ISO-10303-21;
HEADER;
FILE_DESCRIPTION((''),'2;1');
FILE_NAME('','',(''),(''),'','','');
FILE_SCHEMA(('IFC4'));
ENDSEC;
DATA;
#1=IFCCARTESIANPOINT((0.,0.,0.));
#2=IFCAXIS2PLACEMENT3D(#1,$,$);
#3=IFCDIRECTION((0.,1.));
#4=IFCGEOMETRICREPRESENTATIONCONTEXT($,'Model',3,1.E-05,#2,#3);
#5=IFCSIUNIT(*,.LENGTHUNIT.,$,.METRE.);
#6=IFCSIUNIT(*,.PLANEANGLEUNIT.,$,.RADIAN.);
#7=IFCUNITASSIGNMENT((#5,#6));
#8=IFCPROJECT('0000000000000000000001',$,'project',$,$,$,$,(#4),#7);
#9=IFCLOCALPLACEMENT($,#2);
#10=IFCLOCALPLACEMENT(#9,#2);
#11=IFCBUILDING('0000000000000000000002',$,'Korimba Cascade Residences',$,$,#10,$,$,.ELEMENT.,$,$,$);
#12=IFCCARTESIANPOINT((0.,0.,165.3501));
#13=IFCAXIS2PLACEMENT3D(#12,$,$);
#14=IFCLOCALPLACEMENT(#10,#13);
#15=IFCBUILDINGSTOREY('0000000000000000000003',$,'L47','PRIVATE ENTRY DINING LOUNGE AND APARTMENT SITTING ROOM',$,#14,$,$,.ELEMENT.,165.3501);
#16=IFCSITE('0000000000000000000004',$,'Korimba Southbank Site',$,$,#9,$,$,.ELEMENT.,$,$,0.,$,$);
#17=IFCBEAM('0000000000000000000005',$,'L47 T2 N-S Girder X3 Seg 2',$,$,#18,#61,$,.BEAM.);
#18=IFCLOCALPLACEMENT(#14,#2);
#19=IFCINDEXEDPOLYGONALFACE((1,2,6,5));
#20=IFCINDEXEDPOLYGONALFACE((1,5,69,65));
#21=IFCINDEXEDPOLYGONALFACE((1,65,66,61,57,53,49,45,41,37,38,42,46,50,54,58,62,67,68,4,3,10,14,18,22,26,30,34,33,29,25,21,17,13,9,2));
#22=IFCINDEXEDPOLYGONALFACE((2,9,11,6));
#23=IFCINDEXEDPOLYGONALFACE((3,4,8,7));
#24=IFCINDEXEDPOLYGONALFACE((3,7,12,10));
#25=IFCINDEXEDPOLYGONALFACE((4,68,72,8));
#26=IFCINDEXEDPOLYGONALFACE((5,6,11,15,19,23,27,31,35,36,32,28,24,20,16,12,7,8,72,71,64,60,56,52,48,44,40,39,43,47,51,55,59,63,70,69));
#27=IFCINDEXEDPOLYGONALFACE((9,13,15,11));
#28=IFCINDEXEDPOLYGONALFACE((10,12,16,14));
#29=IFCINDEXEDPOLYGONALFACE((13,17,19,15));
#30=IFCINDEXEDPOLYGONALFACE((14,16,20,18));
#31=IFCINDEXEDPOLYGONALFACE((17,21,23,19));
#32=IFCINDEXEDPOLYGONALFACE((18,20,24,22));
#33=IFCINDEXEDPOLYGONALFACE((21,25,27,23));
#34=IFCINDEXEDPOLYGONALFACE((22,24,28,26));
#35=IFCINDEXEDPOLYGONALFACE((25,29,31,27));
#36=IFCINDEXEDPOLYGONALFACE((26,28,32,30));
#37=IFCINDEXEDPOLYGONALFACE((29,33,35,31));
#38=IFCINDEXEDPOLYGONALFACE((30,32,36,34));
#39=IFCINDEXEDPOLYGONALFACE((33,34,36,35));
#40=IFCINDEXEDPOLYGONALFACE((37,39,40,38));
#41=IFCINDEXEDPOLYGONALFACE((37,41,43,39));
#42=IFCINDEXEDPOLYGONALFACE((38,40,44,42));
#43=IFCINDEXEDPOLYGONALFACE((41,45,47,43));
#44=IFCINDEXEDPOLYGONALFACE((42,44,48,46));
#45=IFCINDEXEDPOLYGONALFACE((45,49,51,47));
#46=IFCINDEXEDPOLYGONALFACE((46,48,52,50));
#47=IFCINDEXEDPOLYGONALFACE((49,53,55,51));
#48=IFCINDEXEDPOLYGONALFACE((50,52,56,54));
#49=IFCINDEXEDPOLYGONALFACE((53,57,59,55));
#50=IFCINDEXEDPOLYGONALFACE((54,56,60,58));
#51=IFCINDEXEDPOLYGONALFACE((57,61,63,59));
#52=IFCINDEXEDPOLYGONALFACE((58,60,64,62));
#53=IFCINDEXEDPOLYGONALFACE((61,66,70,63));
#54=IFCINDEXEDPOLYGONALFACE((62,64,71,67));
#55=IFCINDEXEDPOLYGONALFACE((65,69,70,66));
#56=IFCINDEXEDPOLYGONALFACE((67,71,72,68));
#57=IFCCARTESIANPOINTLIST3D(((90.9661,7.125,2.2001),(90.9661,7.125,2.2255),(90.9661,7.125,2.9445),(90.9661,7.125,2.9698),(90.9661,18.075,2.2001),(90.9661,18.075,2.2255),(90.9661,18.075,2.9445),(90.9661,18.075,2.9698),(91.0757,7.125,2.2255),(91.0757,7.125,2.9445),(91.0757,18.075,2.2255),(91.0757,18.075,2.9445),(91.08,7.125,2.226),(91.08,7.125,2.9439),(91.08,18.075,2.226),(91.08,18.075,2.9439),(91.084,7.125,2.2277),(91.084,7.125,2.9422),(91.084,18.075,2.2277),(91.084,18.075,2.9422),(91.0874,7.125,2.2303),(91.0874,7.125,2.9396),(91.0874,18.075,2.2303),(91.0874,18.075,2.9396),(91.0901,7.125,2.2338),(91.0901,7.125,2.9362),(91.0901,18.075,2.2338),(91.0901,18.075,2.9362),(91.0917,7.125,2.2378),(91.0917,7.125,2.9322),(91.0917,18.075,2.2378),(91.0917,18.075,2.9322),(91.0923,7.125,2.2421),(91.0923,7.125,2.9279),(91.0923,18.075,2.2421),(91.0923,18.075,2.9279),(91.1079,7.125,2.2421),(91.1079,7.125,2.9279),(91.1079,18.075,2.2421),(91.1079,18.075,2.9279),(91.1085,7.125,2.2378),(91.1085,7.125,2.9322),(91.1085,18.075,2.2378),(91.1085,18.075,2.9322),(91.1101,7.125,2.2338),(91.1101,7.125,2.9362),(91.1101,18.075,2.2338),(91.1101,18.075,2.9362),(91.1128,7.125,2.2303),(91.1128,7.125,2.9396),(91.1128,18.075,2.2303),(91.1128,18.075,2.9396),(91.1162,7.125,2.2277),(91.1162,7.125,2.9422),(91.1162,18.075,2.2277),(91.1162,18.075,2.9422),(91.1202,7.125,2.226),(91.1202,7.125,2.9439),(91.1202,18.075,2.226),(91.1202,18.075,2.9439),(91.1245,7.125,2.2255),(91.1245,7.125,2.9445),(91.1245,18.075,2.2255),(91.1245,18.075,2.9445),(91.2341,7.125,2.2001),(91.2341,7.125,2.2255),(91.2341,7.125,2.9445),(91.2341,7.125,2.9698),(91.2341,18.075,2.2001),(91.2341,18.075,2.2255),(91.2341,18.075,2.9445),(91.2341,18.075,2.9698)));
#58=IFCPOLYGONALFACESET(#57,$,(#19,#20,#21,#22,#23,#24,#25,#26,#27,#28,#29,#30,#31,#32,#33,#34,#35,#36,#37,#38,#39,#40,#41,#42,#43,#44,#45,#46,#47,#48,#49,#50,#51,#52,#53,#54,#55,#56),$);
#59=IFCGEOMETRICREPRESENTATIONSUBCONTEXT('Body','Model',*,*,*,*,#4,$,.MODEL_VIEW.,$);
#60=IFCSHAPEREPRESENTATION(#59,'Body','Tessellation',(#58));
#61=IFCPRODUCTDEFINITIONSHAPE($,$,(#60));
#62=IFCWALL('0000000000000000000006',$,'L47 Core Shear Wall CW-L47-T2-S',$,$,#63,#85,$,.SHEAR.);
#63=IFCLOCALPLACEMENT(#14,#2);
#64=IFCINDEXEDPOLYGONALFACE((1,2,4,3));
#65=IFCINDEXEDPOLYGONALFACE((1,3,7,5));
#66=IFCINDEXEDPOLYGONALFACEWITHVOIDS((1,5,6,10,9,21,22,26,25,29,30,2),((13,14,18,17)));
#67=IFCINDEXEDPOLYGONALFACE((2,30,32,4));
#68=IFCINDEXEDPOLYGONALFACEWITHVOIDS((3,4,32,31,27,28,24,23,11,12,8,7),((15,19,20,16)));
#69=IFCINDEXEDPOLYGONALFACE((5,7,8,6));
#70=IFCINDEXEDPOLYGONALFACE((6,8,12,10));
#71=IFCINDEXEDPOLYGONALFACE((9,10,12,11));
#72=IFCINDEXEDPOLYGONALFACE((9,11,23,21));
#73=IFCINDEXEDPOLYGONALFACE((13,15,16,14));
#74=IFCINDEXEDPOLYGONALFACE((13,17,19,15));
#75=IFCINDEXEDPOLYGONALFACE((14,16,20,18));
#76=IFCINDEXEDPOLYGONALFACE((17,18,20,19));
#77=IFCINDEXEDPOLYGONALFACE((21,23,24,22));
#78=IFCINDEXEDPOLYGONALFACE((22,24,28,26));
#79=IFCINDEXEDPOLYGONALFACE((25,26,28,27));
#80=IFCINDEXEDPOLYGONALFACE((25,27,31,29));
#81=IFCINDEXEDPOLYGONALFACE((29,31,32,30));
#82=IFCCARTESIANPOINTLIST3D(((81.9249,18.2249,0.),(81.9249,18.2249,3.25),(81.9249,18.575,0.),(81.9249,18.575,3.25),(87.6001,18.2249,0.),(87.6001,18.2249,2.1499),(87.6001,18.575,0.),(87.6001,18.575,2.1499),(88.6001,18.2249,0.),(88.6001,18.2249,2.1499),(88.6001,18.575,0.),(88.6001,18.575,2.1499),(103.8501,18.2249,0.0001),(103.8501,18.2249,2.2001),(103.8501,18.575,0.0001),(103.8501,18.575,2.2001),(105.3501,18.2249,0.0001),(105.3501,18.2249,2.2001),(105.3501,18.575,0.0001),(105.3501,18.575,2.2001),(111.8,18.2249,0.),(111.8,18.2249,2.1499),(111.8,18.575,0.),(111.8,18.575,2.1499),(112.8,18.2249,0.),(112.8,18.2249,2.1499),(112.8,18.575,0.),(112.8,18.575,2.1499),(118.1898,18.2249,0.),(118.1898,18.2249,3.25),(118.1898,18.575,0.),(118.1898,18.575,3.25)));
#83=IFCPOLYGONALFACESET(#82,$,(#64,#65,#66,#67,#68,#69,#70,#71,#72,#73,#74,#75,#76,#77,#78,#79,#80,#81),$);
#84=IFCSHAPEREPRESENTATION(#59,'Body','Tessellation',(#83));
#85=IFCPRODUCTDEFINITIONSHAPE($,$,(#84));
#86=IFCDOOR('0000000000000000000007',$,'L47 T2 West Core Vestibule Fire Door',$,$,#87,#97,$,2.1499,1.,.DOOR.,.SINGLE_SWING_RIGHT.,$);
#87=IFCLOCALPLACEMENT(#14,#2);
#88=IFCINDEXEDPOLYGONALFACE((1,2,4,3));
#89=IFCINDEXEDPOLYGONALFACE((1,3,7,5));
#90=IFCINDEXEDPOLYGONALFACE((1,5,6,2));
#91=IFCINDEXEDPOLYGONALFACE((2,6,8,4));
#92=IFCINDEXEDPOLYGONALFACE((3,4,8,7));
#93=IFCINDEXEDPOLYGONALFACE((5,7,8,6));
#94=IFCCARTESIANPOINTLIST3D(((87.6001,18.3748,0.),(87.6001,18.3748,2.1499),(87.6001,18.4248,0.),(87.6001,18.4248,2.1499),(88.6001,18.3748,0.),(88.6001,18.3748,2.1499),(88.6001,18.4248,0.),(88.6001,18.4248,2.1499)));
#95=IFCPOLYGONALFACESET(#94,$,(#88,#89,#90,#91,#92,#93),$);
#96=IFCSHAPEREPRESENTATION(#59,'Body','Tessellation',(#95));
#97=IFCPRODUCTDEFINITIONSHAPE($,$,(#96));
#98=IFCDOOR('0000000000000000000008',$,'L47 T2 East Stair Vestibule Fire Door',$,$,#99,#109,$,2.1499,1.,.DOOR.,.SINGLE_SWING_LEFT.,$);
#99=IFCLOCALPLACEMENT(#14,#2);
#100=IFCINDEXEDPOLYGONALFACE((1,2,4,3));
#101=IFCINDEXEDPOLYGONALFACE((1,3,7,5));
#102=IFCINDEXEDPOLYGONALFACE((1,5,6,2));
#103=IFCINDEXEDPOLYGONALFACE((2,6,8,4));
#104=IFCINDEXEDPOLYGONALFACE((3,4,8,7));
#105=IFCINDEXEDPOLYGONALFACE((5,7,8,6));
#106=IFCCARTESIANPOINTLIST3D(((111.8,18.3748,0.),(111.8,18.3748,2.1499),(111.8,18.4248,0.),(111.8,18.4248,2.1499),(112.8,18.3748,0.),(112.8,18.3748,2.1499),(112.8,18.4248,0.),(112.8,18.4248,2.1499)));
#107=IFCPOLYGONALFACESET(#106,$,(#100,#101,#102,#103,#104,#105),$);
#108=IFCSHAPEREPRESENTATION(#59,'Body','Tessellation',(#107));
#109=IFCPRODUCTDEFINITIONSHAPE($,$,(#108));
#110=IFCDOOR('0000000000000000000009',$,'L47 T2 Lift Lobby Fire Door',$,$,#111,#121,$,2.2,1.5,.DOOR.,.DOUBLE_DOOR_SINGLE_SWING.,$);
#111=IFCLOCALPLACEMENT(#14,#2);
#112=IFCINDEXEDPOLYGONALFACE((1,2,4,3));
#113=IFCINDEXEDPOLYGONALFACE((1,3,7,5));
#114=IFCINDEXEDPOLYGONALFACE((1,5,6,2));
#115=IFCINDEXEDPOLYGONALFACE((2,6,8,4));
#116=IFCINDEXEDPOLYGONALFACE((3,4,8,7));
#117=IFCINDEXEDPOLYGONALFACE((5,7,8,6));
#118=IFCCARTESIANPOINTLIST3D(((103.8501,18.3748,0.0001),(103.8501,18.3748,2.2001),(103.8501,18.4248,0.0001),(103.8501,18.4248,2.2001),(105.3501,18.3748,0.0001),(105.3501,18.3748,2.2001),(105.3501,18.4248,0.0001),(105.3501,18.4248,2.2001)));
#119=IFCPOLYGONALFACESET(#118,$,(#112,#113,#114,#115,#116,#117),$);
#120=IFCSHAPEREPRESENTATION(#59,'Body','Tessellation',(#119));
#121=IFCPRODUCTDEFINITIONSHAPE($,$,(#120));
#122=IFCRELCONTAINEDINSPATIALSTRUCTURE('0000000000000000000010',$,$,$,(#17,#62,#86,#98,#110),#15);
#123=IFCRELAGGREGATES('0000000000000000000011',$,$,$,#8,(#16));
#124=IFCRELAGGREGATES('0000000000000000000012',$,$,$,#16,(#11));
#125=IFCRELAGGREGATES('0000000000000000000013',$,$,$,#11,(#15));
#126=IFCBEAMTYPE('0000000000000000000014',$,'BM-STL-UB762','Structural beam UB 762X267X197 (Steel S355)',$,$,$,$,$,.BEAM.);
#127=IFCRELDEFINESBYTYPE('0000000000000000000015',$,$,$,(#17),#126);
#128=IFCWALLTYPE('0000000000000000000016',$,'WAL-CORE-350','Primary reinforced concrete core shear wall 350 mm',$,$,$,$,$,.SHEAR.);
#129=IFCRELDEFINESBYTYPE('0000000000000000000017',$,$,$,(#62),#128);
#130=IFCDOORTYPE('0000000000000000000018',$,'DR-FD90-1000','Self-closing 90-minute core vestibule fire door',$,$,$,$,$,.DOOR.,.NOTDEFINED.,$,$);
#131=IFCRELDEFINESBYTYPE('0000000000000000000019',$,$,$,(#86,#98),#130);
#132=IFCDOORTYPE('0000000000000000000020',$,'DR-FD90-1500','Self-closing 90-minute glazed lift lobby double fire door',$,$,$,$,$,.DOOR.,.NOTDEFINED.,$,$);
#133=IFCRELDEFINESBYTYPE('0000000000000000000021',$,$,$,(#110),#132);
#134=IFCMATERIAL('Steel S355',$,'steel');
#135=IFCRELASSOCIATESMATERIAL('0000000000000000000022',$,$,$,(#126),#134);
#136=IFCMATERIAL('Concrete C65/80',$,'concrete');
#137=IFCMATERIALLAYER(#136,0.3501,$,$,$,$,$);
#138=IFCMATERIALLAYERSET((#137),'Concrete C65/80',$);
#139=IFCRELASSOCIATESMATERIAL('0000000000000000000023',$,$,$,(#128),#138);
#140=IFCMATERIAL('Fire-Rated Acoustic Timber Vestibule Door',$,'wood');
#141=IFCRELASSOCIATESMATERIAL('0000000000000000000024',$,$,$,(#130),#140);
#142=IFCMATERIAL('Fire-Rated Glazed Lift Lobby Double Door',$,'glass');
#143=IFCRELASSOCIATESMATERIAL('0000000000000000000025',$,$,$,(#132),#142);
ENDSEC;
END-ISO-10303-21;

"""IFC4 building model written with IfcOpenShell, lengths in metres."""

from ifc_helpers import new_model, si_unit, direction, frame, frame_2d, origin, origin_2d, place, context, subcontext, project, spatial, rectangle, i_section, extrude, material, layer, layer_set, material_profile, profile_set, type_object, element, fill, save


model = new_model("IFC4")

# Units and contexts
model_context = context("Model", 3, precision=1e-05, world=origin(), true_north=direction((0.0, 1.0)))
body_context = subcontext(model_context, "Body", "Model", "MODEL_VIEW")
ifc_project = project(units=[si_unit("LENGTHUNIT", "METRE"), si_unit("PLANEANGLEUNIT", "RADIAN")], contexts=[model_context])

# Site, building, storey
site_placement = place(None, origin())
site = spatial("IfcSite", under=ifc_project, at=site_placement, Name="Korimba Southbank Site", CompositionType="ELEMENT", RefElevation=0.0)
building_placement = place(site_placement, origin())
building = spatial("IfcBuilding", under=site, at=building_placement, Name="Korimba Cascade Residences", CompositionType="ELEMENT")
storey_placement = place(building_placement, frame((0.0, 0.0, 165.3501)))
storey = spatial("IfcBuildingStorey", under=building, at=storey_placement, Name="L47", Description="PRIVATE ENTRY DINING LOUNGE AND APARTMENT SITTING ROOM", CompositionType="ELEMENT", Elevation=165.3501)

# Beam
ifc_material_1 = material(Name="Steel S355", Category="steel")
ifc_material_profile_1 = material_profile(ifc_material_1, i_section(OverallWidth=0.2681, OverallDepth=0.7698, WebThickness=0.0156, FlangeThickness=0.0254, FilletRadius=0.0166, at=origin_2d()), Name="Steel S355")
ifc_profile_set_1 = profile_set([ifc_material_profile_1], Name="Steel S355")
beam_type_1 = type_object("IfcBeamType", Name="BM-STL-UB762", Description="Structural beam UB 762X267X197 (Steel S355)", PredefinedType="BEAM", material=ifc_profile_set_1)
for number, where, z_axis, x_axis, name in (
    (1, (91.1001, 7.125, 2.585), (0.0, 1.0, 0.0), (-1.0, 0.0, 0.0), "L47 T2 N-S Girder X3 Seg 2"),
):
    element("IfcBeam", number, at=place(storey_placement, frame(where, z_axis=z_axis, x_axis=x_axis)), inside=storey, type_object=beam_type_1, Name=name, PredefinedType="BEAM", context=body_context, shape_type="SweptSolid", body=[
        extrude(i_section(OverallWidth=0.2681, OverallDepth=0.7698, WebThickness=0.0156, FlangeThickness=0.0254, FilletRadius=0.0166, at=origin_2d()), origin(), (0.0, 0.0, 1.0), 10.95),
    ])

# Wall, openings, doors
ifc_material_2 = material(Name="Concrete C65/80", Category="concrete")
ifc_layer_1 = layer(ifc_material_2, 0.3501)
ifc_layer_set_1 = layer_set([ifc_layer_1], Name="Concrete C65/80")
wall_type_1 = type_object("IfcWallType", Name="WAL-CORE-350", Description="Primary reinforced concrete core shear wall 350 mm", PredefinedType="SHEAR", material=ifc_layer_set_1)
wall_1_placement = place(storey_placement, frame((81.925, 18.3999, 0.0), z_axis=(0.0, 0.0, 1.0), x_axis=(1.0, 0.0, 0.0)))
wall_1 = element("IfcWall", 2, at=wall_1_placement, inside=storey, type_object=wall_type_1, Name="L47 Core Shear Wall CW-L47-T2-S", PredefinedType="SHEAR", context=body_context, shape_type="SweptSolid", body=[
    extrude(rectangle(XDim=36.2649, YDim=0.3501, at=frame_2d((18.1323, 0.0))), origin(), (0.0, 0.0, 1.0), 3.25),
])
opening_1_placement = place(wall_1_placement, frame((5.675, 0.0, 0.0)))
opening_1 = element("IfcOpeningElement", 3, at=opening_1_placement, cuts=wall_1, PredefinedType="OPENING", context=body_context, shape_type="SweptSolid", body=[
    extrude(rectangle(XDim=1.0, YDim=2.1499, at=frame_2d((0.5, 1.075))), frame((0.0, 0.1851, 0.0), z_axis=(0.0, -1.0, 0.0), x_axis=(1.0, 0.0, 0.0)), (0.0, 0.0, 1.0), 0.3701),
])
opening_2_placement = place(wall_1_placement, frame((21.925, 0.0, 0.0)))
opening_2 = element("IfcOpeningElement", 4, at=opening_2_placement, cuts=wall_1, PredefinedType="OPENING", context=body_context, shape_type="SweptSolid", body=[
    extrude(rectangle(XDim=1.5, YDim=2.2, at=frame_2d((0.75, 1.1001))), frame((0.0, 0.1851, 0.0), z_axis=(0.0, -1.0, 0.0), x_axis=(1.0, 0.0, 0.0)), (0.0, 0.0, 1.0), 0.3701),
])
opening_3_placement = place(wall_1_placement, frame((29.875, 0.0, 0.0)))
opening_3 = element("IfcOpeningElement", 5, at=opening_3_placement, cuts=wall_1, PredefinedType="OPENING", context=body_context, shape_type="SweptSolid", body=[
    extrude(rectangle(XDim=1.0, YDim=2.1499, at=frame_2d((0.5, 1.075))), frame((0.0, 0.1851, 0.0), z_axis=(0.0, -1.0, 0.0), x_axis=(1.0, 0.0, 0.0)), (0.0, 0.0, 1.0), 0.3701),
])
ifc_material_3 = material(Name="Fire-Rated Acoustic Timber Vestibule Door", Category="wood")
door_type_1 = type_object("IfcDoorType", Name="DR-FD90-1000", Description="Self-closing 90-minute core vestibule fire door", OperationType="NOTDEFINED", PredefinedType="DOOR", material=ifc_material_3)
door_1_placement = place(opening_1_placement, origin())
door_1 = element("IfcDoor", 6, at=door_1_placement, inside=storey, type_object=door_type_1, Name="L47 T2 West Core Vestibule Fire Door", OperationType="SINGLE_SWING_RIGHT", OverallHeight=2.1499, OverallWidth=1.0, PredefinedType="DOOR", context=body_context, shape_type="SweptSolid", body=[
    extrude(rectangle(XDim=1.0, YDim=2.1499, at=frame_2d((0.5, 1.075))), frame((0.0, 0.0249, 0.0), z_axis=(0.0, -1.0, 0.0), x_axis=(1.0, 0.0, 0.0)), (0.0, 0.0, 1.0), 0.05),
])
fill(opening_1, door_1)
door_2_placement = place(opening_3_placement, origin())
door_2 = element("IfcDoor", 7, at=door_2_placement, inside=storey, type_object=door_type_1, Name="L47 T2 East Stair Vestibule Fire Door", OperationType="SINGLE_SWING_LEFT", OverallHeight=2.1499, OverallWidth=1.0, PredefinedType="DOOR", context=body_context, shape_type="SweptSolid", body=[
    extrude(rectangle(XDim=1.0, YDim=2.1499, at=frame_2d((0.5, 1.075))), frame((0.0, 0.0249, 0.0), z_axis=(0.0, -1.0, 0.0), x_axis=(1.0, 0.0, 0.0)), (0.0, 0.0, 1.0), 0.05),
])
fill(opening_3, door_2)
ifc_material_4 = material(Name="Fire-Rated Glazed Lift Lobby Double Door", Category="glass")
door_type_2 = type_object("IfcDoorType", Name="DR-FD90-1500", Description="Self-closing 90-minute glazed lift lobby double fire door", OperationType="NOTDEFINED", PredefinedType="DOOR", material=ifc_material_4)
door_3_placement = place(opening_2_placement, origin())
door_3 = element("IfcDoor", 8, at=door_3_placement, inside=storey, type_object=door_type_2, Name="L47 T2 Lift Lobby Fire Door", OperationType="DOUBLE_DOOR_SINGLE_SWING", OverallHeight=2.2, OverallWidth=1.5, PredefinedType="DOOR", context=body_context, shape_type="SweptSolid", body=[
    extrude(rectangle(XDim=1.5, YDim=2.2, at=frame_2d((0.75, 1.1001))), frame((0.0, 0.0249, 0.0), z_axis=(0.0, -1.0, 0.0), x_axis=(1.0, 0.0, 0.0)), (0.0, 0.0, 1.0), 0.05),
])
fill(opening_2, door_3)

save(model, "model.ifc")
